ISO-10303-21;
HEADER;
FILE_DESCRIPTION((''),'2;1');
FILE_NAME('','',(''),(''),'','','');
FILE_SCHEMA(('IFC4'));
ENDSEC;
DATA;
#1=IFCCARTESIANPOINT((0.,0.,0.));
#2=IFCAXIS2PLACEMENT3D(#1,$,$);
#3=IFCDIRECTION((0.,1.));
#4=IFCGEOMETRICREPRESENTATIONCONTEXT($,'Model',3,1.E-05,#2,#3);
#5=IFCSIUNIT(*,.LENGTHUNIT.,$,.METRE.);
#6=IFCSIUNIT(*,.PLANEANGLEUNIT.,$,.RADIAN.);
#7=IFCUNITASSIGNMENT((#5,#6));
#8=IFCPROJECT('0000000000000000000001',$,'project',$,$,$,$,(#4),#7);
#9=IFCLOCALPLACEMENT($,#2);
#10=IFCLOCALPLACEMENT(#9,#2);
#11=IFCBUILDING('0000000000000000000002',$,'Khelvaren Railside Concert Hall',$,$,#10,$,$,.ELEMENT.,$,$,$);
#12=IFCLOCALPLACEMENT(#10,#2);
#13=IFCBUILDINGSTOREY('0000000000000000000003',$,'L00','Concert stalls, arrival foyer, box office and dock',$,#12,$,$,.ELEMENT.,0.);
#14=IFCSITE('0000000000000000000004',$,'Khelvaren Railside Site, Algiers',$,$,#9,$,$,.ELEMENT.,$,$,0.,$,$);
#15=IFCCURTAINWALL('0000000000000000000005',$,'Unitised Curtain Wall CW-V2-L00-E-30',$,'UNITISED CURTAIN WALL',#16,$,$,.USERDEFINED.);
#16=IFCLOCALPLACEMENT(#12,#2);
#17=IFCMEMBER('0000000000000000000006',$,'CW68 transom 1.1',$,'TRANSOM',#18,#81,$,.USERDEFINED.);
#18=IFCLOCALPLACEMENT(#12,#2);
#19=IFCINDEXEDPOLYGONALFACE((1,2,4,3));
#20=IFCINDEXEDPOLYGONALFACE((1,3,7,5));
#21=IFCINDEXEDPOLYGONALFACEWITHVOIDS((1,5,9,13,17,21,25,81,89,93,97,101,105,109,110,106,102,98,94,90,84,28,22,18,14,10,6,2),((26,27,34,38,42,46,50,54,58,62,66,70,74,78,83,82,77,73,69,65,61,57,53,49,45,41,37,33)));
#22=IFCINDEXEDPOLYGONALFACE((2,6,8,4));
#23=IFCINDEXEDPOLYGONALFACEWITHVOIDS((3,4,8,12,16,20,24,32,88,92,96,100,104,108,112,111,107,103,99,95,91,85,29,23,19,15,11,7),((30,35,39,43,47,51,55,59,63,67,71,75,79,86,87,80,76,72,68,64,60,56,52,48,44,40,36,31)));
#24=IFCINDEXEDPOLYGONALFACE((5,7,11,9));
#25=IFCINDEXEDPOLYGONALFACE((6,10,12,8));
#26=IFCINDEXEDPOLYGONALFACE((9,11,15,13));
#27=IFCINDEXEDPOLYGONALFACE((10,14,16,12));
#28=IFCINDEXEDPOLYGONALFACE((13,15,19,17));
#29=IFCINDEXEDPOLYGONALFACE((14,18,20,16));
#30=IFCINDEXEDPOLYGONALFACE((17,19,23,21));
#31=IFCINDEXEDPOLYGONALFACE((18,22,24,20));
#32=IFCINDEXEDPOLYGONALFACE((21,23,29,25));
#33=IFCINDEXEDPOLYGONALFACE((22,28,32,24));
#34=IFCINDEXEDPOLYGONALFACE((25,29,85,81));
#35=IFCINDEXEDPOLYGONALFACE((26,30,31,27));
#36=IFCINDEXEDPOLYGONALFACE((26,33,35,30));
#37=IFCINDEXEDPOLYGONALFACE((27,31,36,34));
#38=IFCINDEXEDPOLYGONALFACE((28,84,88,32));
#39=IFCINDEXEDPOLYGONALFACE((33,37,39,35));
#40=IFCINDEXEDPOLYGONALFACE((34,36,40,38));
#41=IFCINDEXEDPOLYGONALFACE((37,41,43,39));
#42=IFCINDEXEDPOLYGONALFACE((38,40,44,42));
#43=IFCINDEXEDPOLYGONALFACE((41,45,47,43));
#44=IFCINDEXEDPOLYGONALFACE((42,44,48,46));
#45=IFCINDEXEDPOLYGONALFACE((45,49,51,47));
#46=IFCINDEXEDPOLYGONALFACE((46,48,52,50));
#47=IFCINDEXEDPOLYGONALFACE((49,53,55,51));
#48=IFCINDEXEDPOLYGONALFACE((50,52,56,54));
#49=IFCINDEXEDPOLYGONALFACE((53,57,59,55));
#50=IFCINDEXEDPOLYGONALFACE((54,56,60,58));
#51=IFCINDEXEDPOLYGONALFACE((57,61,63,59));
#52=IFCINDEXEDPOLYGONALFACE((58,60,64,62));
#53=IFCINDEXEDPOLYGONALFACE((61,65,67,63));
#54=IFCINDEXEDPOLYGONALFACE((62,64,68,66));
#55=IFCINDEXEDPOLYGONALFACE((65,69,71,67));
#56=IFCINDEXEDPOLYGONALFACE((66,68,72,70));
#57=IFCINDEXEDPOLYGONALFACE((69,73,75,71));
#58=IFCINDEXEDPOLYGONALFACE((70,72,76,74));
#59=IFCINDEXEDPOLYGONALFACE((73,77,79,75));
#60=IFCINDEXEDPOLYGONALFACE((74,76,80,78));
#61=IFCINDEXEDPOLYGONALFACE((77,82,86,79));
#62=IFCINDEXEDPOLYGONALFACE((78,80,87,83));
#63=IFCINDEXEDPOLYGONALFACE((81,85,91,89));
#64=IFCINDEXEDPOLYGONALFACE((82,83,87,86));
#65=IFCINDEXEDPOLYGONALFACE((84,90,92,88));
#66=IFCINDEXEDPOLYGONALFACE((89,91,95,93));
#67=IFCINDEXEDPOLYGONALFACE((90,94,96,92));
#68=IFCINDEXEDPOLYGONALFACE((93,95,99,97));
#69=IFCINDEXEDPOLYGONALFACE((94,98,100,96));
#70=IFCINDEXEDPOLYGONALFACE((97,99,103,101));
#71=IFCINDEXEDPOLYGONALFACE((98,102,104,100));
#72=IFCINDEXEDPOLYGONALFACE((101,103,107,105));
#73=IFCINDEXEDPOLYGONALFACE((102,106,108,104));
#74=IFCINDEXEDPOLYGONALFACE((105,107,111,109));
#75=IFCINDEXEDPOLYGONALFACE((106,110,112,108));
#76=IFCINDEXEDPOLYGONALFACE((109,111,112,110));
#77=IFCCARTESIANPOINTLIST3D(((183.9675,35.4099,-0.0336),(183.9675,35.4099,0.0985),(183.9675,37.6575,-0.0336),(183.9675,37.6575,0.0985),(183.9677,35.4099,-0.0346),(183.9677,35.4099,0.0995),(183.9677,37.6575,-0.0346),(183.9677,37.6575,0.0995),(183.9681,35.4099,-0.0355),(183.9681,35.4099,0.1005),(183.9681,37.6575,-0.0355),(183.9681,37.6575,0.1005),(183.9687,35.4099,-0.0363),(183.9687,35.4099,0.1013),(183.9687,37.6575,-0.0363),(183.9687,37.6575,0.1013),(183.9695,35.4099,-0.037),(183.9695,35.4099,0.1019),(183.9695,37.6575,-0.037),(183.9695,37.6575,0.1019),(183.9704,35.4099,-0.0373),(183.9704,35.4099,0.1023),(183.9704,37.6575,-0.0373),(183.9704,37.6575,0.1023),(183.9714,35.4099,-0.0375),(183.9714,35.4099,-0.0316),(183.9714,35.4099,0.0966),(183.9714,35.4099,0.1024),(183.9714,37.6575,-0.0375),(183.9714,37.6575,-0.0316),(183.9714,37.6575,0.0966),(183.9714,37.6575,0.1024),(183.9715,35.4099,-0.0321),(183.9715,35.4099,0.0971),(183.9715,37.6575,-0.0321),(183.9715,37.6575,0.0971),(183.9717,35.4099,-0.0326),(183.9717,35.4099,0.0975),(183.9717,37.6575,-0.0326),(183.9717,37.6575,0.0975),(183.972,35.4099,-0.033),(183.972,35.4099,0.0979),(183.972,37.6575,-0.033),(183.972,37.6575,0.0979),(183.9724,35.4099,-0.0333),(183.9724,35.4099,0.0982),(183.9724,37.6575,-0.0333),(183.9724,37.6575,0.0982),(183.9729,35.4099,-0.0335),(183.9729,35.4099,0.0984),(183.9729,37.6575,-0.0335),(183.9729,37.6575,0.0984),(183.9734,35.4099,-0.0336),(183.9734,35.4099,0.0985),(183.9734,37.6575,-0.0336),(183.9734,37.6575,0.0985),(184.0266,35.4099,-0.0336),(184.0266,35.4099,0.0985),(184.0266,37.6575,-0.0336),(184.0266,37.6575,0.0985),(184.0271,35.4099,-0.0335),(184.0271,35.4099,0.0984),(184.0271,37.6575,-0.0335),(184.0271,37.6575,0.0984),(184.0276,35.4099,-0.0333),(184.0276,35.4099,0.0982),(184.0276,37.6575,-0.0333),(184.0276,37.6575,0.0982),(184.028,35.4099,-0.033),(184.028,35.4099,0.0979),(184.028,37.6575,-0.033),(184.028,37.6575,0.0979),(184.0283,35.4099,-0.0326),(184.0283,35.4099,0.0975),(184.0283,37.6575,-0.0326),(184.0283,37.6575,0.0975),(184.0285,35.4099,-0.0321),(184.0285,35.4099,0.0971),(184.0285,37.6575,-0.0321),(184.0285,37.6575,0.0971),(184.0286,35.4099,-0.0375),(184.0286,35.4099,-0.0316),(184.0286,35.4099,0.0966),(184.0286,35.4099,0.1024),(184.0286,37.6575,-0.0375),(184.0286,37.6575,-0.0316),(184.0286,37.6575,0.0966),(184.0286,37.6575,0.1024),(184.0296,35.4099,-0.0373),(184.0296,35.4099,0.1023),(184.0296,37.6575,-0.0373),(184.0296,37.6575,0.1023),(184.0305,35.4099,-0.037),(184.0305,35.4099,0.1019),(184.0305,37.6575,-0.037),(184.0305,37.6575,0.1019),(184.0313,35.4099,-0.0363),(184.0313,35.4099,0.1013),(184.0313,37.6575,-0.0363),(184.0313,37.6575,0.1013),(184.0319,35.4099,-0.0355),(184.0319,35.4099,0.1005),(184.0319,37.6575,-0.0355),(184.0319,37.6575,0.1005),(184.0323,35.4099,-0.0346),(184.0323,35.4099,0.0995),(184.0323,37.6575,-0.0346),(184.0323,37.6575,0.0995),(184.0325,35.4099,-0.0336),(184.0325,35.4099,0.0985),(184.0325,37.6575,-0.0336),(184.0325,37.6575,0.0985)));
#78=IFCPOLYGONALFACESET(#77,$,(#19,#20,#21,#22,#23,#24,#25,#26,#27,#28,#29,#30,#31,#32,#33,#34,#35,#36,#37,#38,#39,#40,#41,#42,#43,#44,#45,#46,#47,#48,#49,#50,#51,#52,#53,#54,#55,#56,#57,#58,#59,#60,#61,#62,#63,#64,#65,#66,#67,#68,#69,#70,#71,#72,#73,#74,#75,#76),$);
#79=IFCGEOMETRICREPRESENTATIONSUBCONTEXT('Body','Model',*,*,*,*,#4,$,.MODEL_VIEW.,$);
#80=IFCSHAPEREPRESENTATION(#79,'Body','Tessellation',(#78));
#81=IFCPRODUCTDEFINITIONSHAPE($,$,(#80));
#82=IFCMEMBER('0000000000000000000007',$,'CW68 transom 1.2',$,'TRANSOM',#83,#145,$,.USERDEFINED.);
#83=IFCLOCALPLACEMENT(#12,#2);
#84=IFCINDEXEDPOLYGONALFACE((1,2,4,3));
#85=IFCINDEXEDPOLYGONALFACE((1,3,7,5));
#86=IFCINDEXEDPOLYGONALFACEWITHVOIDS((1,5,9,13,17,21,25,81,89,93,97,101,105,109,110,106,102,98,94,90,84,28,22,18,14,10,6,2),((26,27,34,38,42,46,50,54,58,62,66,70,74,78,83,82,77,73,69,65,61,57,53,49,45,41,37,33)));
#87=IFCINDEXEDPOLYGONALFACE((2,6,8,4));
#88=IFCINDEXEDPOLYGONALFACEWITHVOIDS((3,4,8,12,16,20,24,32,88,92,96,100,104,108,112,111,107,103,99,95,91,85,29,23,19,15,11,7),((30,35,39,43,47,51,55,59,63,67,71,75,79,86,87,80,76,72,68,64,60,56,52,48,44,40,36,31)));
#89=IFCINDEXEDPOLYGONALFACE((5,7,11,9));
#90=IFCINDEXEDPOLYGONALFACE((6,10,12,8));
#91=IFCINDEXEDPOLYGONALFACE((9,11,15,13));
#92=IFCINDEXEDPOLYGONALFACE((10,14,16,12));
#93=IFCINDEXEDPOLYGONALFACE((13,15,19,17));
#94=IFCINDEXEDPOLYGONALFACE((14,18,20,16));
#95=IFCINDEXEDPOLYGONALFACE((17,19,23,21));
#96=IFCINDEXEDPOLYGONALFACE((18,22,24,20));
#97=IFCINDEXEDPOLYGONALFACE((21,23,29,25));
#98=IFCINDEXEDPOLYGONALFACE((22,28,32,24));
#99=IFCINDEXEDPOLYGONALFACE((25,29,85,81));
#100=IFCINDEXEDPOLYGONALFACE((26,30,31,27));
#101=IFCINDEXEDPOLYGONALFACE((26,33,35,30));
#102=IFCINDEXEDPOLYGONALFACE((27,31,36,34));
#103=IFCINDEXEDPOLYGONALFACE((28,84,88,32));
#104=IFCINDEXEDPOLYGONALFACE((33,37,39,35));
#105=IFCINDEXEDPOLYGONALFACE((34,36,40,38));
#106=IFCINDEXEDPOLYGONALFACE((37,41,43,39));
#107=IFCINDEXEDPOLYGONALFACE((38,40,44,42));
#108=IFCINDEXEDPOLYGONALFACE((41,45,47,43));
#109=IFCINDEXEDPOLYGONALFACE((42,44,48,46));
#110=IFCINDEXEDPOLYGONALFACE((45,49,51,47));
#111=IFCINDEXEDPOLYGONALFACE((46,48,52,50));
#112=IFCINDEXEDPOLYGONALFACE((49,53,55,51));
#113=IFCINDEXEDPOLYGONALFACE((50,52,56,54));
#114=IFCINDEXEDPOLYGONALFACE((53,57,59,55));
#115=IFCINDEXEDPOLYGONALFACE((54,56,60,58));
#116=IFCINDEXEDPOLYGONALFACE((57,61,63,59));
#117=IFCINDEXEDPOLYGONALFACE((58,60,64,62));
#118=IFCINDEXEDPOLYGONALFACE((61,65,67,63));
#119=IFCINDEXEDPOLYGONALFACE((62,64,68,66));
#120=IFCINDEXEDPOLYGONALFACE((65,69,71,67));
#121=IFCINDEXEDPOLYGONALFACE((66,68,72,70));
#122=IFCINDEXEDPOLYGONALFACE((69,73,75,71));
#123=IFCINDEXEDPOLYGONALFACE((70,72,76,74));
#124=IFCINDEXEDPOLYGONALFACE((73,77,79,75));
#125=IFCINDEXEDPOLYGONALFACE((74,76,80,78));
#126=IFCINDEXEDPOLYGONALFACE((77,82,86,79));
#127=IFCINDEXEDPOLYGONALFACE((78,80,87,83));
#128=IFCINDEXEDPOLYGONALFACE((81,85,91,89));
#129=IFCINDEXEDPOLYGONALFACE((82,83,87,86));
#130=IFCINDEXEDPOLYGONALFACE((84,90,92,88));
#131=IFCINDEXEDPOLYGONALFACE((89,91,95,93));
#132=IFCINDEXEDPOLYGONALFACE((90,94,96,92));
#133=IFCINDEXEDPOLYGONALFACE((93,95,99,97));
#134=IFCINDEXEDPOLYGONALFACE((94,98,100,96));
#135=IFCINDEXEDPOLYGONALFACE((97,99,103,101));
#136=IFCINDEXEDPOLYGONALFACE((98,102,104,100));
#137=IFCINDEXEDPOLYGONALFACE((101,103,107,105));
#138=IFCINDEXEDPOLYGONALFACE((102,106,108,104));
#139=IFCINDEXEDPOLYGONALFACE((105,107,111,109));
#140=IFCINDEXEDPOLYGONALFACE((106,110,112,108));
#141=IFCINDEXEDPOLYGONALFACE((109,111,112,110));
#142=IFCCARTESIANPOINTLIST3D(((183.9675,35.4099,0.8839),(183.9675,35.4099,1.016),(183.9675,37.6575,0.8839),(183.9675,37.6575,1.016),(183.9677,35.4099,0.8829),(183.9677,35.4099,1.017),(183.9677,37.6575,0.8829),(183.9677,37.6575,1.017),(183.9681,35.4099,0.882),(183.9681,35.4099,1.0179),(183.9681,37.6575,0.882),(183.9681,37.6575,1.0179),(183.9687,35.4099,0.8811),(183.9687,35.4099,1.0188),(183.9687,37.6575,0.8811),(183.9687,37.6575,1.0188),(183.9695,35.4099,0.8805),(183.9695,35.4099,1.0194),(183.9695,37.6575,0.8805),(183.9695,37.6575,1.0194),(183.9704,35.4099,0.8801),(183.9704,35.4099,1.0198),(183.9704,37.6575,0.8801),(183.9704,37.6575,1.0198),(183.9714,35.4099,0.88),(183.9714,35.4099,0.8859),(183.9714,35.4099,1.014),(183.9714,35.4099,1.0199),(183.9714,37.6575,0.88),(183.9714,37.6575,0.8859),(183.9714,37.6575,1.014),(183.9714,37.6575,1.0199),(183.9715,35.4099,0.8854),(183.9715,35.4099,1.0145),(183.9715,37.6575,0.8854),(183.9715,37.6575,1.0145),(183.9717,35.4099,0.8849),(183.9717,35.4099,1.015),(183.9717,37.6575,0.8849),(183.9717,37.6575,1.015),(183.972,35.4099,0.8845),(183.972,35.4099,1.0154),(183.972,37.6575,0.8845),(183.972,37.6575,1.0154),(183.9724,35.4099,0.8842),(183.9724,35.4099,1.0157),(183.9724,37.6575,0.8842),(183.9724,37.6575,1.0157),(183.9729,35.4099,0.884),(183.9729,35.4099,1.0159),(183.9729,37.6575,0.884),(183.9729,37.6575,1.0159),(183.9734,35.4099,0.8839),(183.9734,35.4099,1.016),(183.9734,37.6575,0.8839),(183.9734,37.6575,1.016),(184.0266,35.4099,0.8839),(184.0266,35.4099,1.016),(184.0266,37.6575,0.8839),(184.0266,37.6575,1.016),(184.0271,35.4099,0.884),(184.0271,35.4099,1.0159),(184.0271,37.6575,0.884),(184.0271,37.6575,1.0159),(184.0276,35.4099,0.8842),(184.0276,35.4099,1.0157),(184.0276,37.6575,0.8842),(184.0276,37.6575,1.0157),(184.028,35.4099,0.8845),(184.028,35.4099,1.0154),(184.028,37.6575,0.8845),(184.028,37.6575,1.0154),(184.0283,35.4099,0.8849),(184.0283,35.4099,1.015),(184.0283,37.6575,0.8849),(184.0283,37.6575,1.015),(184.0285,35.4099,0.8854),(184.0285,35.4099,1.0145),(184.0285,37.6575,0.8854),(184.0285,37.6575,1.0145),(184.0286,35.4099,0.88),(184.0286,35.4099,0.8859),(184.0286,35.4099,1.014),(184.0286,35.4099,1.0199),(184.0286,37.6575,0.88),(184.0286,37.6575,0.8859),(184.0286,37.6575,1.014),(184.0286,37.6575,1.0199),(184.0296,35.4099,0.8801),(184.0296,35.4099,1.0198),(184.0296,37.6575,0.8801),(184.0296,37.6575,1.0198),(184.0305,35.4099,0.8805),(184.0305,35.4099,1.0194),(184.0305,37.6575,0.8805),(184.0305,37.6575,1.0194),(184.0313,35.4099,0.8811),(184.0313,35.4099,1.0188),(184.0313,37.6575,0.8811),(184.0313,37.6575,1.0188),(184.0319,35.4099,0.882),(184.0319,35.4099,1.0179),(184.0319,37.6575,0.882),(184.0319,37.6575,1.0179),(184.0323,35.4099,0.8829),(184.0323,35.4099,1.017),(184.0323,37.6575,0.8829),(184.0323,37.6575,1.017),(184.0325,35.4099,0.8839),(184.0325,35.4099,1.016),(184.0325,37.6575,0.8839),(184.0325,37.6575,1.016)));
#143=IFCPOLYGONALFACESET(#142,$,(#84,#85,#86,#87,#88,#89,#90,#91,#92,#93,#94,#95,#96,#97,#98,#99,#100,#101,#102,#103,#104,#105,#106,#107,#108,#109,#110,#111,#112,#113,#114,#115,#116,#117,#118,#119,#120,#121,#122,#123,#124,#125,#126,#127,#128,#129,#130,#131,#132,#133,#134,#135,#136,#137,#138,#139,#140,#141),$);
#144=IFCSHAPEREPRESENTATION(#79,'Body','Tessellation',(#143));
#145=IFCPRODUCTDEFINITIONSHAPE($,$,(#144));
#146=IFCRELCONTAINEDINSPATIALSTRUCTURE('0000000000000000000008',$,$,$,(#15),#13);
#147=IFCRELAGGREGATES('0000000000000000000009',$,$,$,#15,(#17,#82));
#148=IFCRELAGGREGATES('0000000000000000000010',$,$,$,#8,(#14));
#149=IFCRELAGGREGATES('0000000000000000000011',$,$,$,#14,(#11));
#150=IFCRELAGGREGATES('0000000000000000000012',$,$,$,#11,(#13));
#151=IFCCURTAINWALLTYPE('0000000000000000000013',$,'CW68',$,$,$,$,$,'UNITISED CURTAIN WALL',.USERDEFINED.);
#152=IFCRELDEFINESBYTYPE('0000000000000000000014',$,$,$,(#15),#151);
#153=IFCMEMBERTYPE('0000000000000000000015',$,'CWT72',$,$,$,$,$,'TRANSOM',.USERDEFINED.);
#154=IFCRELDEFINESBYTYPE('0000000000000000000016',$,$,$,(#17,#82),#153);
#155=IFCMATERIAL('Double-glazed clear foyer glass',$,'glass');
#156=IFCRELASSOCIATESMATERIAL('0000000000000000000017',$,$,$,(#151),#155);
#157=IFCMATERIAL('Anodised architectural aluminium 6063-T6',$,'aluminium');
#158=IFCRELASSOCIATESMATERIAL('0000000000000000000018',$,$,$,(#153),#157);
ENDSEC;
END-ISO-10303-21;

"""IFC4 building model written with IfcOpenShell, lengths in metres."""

from ifc_helpers import new_model, si_unit, direction, frame, origin, origin_2d, place, context, subcontext, project, spatial, hollow_rectangle, extrude, material, material_profile, profile_set, type_object, element, aggregate, save


model = new_model("IFC4")

# Units and contexts
model_context = context("Model", 3, precision=1e-05, world=origin(), true_north=direction((0.0, 1.0)))
body_context = subcontext(model_context, "Body", "Model", "MODEL_VIEW")
ifc_project = project(units=[si_unit("LENGTHUNIT", "METRE"), si_unit("PLANEANGLEUNIT", "RADIAN")], contexts=[model_context])

# Site, building, storey
site_placement = place(None, origin())
site = spatial("IfcSite", under=ifc_project, at=site_placement, Name="Khelvaren Railside Site, Algiers", CompositionType="ELEMENT", RefElevation=0.0)
building_placement = place(site_placement, origin())
building = spatial("IfcBuilding", under=site, at=building_placement, Name="Khelvaren Railside Concert Hall", CompositionType="ELEMENT")
storey_placement = place(building_placement, origin())
storey = spatial("IfcBuildingStorey", under=building, at=storey_placement, Name="L00", Description="Concert stalls, arrival foyer, box office and dock", CompositionType="ELEMENT", Elevation=0.0)

# Curtain wall
ifc_material_1 = material(Name="Double-glazed clear foyer glass", Category="glass")
curtain_wall_type_1 = type_object("IfcCurtainWallType", Name="CW68", ElementType="UNITISED CURTAIN WALL", PredefinedType="USERDEFINED", material=ifc_material_1)
curtain_wall_1_placement = place(storey_placement, origin())
curtain_wall_1 = element("IfcCurtainWall", 1, at=curtain_wall_1_placement, inside=storey, type_object=curtain_wall_type_1, Name="Unitised Curtain Wall CW-V2-L00-E-30", ObjectType="UNITISED CURTAIN WALL", PredefinedType="USERDEFINED")
ifc_material_2 = material(Name="Anodised architectural aluminium 6063-T6", Category="aluminium")
ifc_material_profile_1 = material_profile(ifc_material_2, hollow_rectangle(XDim=0.0649, YDim=0.1399, WallThickness=0.0039, InnerFilletRadius=0.002, OuterFilletRadius=0.0039, at=origin_2d()), Name="CWT 65x140x4")
ifc_profile_set_1 = profile_set([ifc_material_profile_1], Name="Anodised architectural aluminium 6063-T6")
member_type_1 = type_object("IfcMemberType", Name="CWT72", ElementType="TRANSOM", PredefinedType="USERDEFINED", material=ifc_profile_set_1)

# Members
member_1_placement = place(storey_placement, frame((184.0, 37.6575, 0.0325), z_axis=(0.0, -1.0, 0.0), x_axis=(1.0, 0.0, 0.0)))
member_1 = element("IfcMember", 2, at=member_1_placement, type_object=member_type_1, Name="CW68 transom 1.1", ObjectType="TRANSOM", PredefinedType="USERDEFINED", context=body_context, shape_type="SweptSolid", body=[
    extrude(hollow_rectangle(XDim=0.0649, YDim=0.1399, WallThickness=0.0039, InnerFilletRadius=0.002, OuterFilletRadius=0.0039, at=origin_2d()), origin(), (0.0, 0.0, 1.0), 2.2476),
])
member_2_placement = place(storey_placement, frame((184.0, 37.6575, 0.95), z_axis=(0.0, -1.0, 0.0), x_axis=(1.0, 0.0, 0.0)))
member_2 = element("IfcMember", 3, at=member_2_placement, type_object=member_type_1, Name="CW68 transom 1.2", ObjectType="TRANSOM", PredefinedType="USERDEFINED", context=body_context, shape_type="SweptSolid", body=[
    extrude(hollow_rectangle(XDim=0.0649, YDim=0.1399, WallThickness=0.0039, InnerFilletRadius=0.002, OuterFilletRadius=0.0039, at=origin_2d()), origin(), (0.0, 0.0, 1.0), 2.2476),
])

aggregate(curtain_wall_1, [member_1, member_2])

save(model, "model.ifc")
